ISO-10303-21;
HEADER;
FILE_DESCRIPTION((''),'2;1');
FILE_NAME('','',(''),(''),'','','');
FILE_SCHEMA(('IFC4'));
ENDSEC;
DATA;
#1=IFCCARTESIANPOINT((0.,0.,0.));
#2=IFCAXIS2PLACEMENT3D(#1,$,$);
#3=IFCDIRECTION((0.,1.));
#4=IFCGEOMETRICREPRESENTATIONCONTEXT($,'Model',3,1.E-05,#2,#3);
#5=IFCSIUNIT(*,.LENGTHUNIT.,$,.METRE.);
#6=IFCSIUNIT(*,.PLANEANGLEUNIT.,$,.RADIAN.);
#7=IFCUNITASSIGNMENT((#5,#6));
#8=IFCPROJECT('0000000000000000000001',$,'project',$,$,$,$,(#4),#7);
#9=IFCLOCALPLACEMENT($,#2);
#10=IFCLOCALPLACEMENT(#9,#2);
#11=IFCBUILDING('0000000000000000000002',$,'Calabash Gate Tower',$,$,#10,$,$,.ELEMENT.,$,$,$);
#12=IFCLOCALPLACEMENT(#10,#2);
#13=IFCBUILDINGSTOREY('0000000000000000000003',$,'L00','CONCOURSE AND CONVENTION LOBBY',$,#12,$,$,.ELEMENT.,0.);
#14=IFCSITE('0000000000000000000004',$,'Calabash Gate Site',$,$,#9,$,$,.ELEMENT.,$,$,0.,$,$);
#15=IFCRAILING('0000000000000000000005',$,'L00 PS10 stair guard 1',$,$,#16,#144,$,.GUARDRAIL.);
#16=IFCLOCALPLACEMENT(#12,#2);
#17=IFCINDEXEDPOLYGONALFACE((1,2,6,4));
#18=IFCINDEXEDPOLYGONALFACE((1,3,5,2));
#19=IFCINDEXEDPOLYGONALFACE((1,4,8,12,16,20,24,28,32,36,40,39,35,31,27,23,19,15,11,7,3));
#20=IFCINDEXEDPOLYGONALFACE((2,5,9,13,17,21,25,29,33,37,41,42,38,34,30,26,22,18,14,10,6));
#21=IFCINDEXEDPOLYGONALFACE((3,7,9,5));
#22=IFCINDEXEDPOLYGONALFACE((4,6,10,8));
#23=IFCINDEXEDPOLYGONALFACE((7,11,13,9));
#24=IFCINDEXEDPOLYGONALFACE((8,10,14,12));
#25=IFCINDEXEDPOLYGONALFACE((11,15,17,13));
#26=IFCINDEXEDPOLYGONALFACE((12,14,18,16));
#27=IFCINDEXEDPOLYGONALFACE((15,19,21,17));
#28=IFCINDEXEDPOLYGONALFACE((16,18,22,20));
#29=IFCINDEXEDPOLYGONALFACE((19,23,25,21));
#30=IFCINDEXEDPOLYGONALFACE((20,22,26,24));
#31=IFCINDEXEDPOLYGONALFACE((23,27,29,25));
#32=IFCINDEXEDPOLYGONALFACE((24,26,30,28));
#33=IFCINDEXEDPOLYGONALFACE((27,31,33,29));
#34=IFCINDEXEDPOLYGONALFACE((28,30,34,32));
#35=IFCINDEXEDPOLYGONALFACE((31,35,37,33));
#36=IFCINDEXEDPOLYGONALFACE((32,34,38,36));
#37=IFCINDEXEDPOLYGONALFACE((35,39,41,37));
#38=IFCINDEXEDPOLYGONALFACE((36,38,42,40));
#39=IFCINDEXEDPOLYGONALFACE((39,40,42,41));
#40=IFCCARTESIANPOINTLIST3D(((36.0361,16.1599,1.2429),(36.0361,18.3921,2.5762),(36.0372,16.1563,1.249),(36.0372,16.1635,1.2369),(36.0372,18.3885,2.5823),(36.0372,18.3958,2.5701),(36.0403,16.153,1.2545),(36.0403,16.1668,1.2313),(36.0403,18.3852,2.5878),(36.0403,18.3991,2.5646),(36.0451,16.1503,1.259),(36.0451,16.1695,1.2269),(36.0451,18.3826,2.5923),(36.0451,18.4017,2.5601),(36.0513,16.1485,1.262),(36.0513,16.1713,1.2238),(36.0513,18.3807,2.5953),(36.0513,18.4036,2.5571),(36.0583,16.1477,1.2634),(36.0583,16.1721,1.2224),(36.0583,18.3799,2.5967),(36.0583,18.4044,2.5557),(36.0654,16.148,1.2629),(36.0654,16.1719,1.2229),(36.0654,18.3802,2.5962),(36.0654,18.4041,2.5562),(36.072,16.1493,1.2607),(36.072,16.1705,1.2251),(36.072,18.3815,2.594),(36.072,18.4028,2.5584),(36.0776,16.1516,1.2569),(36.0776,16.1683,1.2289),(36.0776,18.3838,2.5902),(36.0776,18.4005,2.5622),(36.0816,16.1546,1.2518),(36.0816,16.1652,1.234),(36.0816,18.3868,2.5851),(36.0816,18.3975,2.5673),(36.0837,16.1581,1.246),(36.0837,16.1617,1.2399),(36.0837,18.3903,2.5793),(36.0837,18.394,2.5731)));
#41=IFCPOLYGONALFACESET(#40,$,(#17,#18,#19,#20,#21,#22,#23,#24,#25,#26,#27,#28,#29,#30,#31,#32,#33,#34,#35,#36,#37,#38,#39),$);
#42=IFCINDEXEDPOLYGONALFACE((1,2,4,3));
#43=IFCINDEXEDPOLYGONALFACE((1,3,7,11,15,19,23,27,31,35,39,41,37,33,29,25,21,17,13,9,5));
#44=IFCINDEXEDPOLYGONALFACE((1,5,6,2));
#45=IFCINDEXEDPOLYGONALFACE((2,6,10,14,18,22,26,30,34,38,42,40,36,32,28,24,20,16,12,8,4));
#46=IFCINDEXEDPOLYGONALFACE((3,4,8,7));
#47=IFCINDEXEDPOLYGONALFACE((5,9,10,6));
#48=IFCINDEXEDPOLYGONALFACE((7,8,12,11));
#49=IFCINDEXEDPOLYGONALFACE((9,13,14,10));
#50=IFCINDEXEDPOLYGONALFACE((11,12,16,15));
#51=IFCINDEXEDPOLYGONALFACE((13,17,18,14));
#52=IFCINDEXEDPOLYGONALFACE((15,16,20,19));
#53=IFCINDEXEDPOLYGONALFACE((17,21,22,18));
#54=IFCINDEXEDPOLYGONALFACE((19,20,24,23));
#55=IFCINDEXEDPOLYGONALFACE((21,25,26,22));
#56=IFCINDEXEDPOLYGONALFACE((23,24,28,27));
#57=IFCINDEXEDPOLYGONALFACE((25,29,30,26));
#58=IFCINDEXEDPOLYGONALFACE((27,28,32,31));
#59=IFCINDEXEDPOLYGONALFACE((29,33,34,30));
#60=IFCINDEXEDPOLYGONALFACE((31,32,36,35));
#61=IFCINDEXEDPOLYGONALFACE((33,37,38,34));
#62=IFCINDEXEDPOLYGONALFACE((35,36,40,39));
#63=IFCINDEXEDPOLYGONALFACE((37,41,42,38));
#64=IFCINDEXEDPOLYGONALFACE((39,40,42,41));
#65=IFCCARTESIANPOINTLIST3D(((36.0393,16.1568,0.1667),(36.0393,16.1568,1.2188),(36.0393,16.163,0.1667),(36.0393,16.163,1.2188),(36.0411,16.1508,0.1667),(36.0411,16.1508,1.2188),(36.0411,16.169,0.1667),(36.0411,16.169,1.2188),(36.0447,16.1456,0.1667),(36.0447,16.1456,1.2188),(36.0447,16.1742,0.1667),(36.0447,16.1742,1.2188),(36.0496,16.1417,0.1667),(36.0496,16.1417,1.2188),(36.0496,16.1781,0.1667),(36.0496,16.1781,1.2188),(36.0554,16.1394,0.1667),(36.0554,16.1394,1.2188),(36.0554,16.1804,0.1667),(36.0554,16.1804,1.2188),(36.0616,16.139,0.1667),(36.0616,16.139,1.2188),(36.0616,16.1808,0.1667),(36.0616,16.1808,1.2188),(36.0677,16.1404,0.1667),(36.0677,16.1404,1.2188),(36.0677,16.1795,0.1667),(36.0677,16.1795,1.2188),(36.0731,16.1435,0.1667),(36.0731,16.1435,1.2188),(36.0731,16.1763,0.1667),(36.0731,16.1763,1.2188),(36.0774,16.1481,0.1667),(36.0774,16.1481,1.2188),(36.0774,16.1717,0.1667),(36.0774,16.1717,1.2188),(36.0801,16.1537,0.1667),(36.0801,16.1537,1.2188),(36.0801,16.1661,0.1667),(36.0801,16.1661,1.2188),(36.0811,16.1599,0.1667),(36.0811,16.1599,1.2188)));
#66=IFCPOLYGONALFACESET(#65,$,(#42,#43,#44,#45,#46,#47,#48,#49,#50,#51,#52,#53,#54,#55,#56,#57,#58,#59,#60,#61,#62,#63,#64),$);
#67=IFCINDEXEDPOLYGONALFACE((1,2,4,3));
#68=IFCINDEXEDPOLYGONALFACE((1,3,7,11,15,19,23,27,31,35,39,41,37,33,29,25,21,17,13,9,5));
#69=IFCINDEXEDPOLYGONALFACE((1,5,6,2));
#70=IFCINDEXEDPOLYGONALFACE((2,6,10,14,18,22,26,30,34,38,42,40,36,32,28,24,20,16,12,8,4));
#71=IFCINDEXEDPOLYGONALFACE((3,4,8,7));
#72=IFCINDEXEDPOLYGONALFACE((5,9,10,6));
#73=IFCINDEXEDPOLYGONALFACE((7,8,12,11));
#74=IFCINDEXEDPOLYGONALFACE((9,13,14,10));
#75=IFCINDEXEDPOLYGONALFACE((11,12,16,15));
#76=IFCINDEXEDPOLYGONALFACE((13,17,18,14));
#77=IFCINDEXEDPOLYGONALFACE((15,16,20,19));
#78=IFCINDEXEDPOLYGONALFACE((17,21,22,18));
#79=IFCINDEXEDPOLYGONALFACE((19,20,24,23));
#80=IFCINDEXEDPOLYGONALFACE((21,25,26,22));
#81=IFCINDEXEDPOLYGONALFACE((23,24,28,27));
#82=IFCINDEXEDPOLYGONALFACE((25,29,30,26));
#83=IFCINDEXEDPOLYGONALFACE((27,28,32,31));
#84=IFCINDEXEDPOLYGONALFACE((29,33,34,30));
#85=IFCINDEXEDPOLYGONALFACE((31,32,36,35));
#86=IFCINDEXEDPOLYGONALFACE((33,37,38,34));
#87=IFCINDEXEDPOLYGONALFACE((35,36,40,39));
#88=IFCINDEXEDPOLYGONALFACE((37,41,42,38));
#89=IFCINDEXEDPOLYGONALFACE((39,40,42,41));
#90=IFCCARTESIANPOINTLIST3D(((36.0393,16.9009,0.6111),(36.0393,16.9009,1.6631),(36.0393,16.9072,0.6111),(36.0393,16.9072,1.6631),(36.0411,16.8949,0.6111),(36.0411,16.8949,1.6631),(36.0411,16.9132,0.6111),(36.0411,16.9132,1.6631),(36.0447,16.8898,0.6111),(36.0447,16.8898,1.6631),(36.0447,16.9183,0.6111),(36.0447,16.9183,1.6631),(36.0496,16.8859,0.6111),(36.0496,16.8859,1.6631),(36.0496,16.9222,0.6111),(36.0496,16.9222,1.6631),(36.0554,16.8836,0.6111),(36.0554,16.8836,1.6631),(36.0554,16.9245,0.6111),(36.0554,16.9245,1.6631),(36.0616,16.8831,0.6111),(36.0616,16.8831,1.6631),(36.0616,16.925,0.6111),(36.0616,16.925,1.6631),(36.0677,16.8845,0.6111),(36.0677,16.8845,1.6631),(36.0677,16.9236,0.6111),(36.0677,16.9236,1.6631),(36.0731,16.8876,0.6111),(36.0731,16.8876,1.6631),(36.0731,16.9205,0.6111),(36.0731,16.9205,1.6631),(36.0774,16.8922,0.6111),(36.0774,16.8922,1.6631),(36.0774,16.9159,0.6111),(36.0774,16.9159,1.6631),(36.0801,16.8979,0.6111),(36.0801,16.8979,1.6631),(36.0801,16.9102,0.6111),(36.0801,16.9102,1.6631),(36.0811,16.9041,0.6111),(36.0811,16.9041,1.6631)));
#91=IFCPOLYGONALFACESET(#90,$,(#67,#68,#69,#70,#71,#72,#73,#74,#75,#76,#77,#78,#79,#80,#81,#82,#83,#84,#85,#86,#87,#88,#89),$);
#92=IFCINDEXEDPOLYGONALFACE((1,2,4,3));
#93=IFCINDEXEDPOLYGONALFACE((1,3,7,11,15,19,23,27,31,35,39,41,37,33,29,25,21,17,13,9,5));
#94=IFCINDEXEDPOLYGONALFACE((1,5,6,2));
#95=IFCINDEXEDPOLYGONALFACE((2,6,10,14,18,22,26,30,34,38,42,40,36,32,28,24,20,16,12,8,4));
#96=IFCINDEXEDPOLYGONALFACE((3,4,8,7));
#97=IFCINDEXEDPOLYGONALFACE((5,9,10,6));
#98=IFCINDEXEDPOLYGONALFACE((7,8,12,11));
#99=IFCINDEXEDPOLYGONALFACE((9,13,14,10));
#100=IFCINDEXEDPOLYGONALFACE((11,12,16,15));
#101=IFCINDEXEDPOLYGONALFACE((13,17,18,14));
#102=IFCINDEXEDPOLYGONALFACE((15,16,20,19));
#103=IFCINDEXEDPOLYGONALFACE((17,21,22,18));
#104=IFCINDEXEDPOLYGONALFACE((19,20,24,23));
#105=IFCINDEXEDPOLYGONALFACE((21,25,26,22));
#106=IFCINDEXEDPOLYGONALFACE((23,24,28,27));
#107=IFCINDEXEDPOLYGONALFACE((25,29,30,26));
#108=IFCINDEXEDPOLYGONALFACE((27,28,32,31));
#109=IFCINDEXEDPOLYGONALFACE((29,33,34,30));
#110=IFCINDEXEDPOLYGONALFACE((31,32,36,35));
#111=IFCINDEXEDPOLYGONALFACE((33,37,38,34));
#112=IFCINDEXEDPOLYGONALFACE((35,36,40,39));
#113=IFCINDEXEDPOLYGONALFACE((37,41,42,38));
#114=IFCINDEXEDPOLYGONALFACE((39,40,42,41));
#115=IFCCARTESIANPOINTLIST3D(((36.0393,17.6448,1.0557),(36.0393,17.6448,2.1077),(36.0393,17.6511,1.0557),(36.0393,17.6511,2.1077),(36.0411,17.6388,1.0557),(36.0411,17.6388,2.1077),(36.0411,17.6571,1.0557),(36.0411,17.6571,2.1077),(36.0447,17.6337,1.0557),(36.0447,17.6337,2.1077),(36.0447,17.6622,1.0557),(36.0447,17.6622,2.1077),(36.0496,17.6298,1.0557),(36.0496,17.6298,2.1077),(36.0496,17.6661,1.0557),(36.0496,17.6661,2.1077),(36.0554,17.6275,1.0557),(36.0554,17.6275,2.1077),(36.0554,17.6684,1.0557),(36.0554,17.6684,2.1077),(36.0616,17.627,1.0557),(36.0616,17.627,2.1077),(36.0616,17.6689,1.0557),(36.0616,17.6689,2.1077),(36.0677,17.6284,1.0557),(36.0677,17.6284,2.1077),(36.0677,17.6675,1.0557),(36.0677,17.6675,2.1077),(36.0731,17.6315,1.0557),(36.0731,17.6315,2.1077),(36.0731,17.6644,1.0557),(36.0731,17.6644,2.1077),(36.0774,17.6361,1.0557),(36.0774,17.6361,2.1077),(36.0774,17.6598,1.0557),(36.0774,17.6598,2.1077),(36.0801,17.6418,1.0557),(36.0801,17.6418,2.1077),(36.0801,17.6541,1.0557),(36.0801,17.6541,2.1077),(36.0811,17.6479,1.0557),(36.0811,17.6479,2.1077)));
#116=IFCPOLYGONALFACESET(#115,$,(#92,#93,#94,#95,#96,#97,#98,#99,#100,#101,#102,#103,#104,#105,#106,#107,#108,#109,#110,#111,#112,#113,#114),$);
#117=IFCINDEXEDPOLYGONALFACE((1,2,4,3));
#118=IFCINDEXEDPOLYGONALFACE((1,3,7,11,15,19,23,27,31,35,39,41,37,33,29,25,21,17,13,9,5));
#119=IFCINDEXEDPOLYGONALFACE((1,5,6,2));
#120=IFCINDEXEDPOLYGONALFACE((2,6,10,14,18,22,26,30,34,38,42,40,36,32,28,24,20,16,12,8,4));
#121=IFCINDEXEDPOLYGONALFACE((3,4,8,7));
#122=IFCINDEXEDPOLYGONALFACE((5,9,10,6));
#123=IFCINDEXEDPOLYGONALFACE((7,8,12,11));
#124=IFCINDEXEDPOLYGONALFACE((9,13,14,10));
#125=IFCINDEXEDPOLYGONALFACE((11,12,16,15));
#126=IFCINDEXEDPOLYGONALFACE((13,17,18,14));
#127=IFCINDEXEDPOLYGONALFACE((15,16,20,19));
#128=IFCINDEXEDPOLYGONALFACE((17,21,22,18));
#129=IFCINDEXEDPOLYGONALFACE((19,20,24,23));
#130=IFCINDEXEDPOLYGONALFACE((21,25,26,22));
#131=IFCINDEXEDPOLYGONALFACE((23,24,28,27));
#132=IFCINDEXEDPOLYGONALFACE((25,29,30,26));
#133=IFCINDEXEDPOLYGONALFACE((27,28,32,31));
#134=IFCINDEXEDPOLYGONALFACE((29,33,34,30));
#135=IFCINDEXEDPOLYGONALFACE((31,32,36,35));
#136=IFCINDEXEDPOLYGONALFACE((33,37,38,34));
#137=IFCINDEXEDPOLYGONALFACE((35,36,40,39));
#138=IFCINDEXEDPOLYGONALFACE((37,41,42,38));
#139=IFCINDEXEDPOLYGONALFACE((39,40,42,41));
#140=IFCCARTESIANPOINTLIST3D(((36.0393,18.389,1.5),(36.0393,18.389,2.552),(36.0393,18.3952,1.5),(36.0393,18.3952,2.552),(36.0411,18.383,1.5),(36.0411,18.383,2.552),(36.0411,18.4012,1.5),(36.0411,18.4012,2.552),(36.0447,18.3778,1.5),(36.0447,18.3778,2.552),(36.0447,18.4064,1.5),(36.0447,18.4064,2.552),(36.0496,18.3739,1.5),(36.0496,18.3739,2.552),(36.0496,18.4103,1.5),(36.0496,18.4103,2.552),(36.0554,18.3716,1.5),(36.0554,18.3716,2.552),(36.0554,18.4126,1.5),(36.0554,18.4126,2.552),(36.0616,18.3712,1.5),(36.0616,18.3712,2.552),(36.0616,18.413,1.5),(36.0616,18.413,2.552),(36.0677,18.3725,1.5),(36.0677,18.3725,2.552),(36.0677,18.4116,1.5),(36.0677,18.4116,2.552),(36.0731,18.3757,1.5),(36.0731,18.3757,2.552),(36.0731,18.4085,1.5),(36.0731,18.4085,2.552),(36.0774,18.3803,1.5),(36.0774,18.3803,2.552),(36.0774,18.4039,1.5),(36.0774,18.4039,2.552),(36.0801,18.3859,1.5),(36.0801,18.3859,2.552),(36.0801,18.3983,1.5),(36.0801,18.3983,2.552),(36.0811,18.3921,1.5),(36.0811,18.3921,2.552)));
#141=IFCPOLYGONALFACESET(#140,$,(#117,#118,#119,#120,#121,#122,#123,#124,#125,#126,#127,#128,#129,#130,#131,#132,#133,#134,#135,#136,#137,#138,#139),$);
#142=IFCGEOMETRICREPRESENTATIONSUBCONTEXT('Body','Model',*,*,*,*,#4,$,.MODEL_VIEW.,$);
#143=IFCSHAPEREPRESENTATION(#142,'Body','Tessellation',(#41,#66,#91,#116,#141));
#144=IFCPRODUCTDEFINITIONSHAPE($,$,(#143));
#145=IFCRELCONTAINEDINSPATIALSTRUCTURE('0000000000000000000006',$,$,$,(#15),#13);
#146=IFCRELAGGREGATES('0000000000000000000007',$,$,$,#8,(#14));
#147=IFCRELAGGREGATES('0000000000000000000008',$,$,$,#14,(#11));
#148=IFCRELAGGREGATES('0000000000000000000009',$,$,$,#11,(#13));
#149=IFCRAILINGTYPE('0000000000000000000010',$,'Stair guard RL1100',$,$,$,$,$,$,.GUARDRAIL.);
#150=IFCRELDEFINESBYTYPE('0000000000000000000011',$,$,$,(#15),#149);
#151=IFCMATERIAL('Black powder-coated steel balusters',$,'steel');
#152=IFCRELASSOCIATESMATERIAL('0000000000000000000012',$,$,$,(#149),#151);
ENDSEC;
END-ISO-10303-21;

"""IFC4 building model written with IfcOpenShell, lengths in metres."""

from ifc_helpers import new_model, si_unit, direction, frame, origin, origin_2d, place, context, subcontext, project, spatial, circle, extrude, material, type_object, element, save


model = new_model("IFC4")

# Units and contexts
model_context = context("Model", 3, precision=1e-05, world=origin(), true_north=direction((0.0, 1.0)))
body_context = subcontext(model_context, "Body", "Model", "MODEL_VIEW")
ifc_project = project(units=[si_unit("LENGTHUNIT", "METRE"), si_unit("PLANEANGLEUNIT", "RADIAN")], contexts=[model_context])

# Site, building, storey
site_placement = place(None, origin())
site = spatial("IfcSite", under=ifc_project, at=site_placement, Name="Calabash Gate Site", CompositionType="ELEMENT", RefElevation=0.0)
building_placement = place(site_placement, origin())
building = spatial("IfcBuilding", under=site, at=building_placement, Name="Calabash Gate Tower", CompositionType="ELEMENT")
storey_placement = place(building_placement, origin())
storey = spatial("IfcBuildingStorey", under=building, at=storey_placement, Name="L00", Description="CONCOURSE AND CONVENTION LOBBY", CompositionType="ELEMENT", Elevation=0.0)

# Railing
ifc_material_1 = material(Name="Black powder-coated steel balusters", Category="steel")
railing_type_1 = type_object("IfcRailingType", Name="Stair guard RL1100", PredefinedType="GUARDRAIL", material=ifc_material_1)
railing_1_placement = place(storey_placement, frame((36.0601, 16.1599, 0.1667)))
element("IfcRailing", 1, at=railing_1_placement, inside=storey, type_object=railing_type_1, Name="L00 PS10 stair guard 1", PredefinedType="GUARDRAIL", context=body_context, shape_type="SweptSolid", body=[
    extrude(circle(Radius=0.0239, at=origin_2d()), frame((0.0, 0.0, 1.0762), z_axis=(0.0, 0.858519, 0.512782), x_axis=(-1.0, 0.0, 0.0)), (0.0, 0.0, 1.0), 2.6001),
    extrude(circle(Radius=0.021, at=origin_2d()), origin(), (0.0, 0.0, 1.0), 1.052),
    extrude(circle(Radius=0.021, at=origin_2d()), frame((0.0, 0.7441, 0.4443)), (0.0, 0.0, 1.0), 1.052),
    extrude(circle(Radius=0.021, at=origin_2d()), frame((0.0, 1.488, 0.8889)), (0.0, 0.0, 1.0), 1.052),
    extrude(circle(Radius=0.021, at=origin_2d()), frame((0.0, 2.2322, 1.3333)), (0.0, 0.0, 1.0), 1.052),
])

save(model, "model.ifc")
